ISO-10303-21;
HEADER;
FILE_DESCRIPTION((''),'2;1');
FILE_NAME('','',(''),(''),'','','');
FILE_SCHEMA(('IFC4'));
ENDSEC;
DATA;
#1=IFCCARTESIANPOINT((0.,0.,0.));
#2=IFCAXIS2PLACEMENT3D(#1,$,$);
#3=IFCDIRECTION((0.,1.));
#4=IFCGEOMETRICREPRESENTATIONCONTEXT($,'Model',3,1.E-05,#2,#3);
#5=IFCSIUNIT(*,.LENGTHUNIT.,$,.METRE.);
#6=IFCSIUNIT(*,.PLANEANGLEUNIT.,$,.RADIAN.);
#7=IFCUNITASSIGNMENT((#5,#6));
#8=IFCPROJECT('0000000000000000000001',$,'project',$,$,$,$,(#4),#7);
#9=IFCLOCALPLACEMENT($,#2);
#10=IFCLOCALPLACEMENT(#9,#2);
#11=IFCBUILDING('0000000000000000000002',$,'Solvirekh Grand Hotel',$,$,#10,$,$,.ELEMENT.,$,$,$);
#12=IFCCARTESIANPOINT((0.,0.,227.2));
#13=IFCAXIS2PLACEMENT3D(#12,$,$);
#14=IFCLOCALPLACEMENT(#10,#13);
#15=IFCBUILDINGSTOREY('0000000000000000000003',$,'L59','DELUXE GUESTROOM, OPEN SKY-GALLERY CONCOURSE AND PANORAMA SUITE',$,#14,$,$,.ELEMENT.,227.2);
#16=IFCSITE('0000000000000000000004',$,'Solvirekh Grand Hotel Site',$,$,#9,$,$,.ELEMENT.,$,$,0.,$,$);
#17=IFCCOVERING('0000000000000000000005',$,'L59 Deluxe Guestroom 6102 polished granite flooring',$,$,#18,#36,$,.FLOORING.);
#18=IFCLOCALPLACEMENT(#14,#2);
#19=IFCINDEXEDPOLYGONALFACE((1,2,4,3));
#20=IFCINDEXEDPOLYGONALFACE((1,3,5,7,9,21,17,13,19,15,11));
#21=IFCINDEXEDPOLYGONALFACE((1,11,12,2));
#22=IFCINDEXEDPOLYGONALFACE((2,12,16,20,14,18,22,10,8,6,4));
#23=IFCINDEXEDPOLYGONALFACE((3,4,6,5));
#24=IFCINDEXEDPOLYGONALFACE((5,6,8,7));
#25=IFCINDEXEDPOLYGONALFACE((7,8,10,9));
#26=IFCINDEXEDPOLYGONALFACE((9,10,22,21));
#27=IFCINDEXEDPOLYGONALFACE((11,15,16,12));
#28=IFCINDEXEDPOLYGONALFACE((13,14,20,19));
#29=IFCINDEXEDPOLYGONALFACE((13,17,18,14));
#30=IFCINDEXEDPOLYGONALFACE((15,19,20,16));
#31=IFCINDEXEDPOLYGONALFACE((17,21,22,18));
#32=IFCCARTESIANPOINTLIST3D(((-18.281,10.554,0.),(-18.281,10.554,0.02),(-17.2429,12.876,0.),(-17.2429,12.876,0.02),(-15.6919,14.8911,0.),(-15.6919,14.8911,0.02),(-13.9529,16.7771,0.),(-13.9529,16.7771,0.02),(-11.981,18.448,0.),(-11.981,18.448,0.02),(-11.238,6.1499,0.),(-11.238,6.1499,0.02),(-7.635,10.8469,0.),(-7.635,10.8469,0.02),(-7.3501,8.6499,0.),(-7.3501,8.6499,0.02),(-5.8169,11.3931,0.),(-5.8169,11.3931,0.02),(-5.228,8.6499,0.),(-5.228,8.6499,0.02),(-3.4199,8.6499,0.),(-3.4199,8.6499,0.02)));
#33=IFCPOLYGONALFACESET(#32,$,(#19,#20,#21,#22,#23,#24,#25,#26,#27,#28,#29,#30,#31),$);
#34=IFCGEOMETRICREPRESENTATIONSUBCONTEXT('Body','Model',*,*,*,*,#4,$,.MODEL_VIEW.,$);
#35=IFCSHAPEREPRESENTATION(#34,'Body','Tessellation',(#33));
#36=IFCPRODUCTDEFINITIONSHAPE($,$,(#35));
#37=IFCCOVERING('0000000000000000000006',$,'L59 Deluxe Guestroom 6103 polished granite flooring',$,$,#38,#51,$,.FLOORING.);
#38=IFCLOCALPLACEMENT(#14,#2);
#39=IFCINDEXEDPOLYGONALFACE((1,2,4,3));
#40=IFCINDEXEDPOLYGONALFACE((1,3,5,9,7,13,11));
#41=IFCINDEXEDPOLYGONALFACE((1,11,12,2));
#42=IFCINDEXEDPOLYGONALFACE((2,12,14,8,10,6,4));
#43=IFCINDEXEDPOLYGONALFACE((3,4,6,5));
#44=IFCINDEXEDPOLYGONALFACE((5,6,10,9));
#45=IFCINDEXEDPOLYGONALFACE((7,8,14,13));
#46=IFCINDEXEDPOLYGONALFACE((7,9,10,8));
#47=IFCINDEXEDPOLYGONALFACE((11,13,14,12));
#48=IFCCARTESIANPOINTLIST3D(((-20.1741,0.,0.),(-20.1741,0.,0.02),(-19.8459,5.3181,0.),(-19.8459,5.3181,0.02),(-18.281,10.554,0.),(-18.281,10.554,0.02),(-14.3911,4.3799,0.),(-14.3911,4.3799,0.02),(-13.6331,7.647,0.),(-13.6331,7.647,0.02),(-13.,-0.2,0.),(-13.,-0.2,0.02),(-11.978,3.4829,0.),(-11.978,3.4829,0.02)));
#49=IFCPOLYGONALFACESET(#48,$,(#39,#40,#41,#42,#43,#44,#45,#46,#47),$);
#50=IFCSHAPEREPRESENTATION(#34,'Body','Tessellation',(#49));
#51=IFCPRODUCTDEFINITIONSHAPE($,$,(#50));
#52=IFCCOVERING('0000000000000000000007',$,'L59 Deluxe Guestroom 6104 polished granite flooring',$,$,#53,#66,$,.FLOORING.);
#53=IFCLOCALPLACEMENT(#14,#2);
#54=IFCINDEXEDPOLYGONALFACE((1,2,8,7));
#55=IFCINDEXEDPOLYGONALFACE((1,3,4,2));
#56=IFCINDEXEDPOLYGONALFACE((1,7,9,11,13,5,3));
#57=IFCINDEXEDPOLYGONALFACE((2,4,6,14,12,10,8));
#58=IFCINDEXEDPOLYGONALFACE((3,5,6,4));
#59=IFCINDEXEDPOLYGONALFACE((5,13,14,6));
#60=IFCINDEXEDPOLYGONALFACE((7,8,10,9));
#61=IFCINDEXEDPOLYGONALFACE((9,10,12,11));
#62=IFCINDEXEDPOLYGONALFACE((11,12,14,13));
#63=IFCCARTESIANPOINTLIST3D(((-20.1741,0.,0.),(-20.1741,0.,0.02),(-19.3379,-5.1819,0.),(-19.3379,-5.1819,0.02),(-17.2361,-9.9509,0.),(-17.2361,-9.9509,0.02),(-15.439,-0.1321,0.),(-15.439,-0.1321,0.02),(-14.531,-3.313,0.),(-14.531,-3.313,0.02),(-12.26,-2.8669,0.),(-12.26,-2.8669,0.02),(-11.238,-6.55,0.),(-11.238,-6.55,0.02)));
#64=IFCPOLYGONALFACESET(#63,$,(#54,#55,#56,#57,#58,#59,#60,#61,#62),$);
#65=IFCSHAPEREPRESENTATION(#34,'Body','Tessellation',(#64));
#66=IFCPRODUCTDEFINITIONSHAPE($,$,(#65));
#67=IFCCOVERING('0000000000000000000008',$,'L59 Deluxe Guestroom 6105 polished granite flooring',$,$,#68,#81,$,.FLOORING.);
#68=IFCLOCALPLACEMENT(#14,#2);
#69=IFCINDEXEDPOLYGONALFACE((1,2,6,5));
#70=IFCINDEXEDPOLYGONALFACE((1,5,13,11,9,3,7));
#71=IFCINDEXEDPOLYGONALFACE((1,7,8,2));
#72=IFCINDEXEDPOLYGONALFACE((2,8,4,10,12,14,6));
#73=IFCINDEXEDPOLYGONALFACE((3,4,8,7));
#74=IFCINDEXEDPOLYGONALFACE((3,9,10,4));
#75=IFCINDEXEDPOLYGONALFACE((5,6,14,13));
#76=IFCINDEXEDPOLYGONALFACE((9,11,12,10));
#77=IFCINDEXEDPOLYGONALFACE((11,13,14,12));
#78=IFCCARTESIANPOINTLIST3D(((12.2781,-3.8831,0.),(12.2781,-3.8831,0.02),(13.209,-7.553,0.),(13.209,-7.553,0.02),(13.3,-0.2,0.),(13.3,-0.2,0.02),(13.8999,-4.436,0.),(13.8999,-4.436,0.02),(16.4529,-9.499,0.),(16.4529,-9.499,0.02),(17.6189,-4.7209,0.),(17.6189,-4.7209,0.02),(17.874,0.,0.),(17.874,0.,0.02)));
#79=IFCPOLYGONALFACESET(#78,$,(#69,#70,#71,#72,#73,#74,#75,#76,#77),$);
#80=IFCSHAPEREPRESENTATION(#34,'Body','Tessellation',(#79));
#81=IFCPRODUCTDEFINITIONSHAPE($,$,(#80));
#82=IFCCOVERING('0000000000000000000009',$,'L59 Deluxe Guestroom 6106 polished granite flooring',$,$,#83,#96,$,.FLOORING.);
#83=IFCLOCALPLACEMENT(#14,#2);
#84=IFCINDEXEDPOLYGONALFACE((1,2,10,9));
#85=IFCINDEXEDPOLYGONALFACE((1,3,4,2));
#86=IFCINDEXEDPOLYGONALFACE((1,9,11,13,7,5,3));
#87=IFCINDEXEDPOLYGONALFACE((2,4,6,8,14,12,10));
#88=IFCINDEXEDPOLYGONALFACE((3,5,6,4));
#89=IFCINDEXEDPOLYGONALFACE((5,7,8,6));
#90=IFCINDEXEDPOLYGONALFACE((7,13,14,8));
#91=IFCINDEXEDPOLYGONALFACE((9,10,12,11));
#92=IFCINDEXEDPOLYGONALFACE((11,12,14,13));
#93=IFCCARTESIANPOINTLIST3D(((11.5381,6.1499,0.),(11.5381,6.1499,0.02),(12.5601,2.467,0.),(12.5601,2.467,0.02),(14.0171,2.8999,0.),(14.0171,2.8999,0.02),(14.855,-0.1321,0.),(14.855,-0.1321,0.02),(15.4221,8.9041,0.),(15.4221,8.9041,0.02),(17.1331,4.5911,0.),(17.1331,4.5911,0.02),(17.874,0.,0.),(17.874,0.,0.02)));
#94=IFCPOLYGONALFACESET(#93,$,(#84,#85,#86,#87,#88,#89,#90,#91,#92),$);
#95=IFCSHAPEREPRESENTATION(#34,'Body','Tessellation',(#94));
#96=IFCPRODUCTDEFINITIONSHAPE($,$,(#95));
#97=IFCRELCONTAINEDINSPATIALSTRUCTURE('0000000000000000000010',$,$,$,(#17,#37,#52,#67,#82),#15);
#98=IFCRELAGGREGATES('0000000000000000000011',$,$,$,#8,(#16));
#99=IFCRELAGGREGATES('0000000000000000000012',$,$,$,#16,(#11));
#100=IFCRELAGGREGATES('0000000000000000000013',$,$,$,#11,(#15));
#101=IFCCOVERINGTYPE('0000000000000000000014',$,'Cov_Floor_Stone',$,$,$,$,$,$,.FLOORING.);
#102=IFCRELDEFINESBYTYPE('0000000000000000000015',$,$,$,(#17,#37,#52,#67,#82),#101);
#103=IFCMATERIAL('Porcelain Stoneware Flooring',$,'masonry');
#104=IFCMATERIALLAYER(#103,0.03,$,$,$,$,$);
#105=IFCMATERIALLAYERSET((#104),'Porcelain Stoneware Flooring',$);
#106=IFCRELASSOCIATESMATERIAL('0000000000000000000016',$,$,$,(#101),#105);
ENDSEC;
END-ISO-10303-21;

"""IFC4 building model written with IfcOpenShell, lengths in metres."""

from ifc_helpers import new_model, si_unit, direction, frame, origin, place, context, subcontext, project, spatial, polyline, outline, extrude, material, layer, layer_set, type_object, element, save


model = new_model("IFC4")

# Units and contexts
model_context = context("Model", 3, precision=1e-05, world=origin(), true_north=direction((0.0, 1.0)))
body_context = subcontext(model_context, "Body", "Model", "MODEL_VIEW")
ifc_project = project(units=[si_unit("LENGTHUNIT", "METRE"), si_unit("PLANEANGLEUNIT", "RADIAN")], contexts=[model_context])

# Site, building, storey
site_placement = place(None, origin())
site = spatial("IfcSite", under=ifc_project, at=site_placement, Name="Solvirekh Grand Hotel Site", CompositionType="ELEMENT", RefElevation=0.0)
building_placement = place(site_placement, origin())
building = spatial("IfcBuilding", under=site, at=building_placement, Name="Solvirekh Grand Hotel", CompositionType="ELEMENT")
storey_placement = place(building_placement, frame((0.0, 0.0, 227.2)))
storey = spatial("IfcBuildingStorey", under=building, at=storey_placement, Name="L59", Description="DELUXE GUESTROOM, OPEN SKY-GALLERY CONCOURSE AND PANORAMA SUITE", CompositionType="ELEMENT", Elevation=227.2)

# Coverings
ifc_material_1 = material(Name="Porcelain Stoneware Flooring", Category="masonry")
ifc_layer_1 = layer(ifc_material_1, 0.03)
ifc_layer_set_1 = layer_set([ifc_layer_1], Name="Porcelain Stoneware Flooring")
covering_type_1 = type_object("IfcCoveringType", Name="Cov_Floor_Stone", PredefinedType="FLOORING", material=ifc_layer_set_1)
covering_1_placement = place(storey_placement, origin())
element("IfcCovering", 1, at=covering_1_placement, inside=storey, type_object=covering_type_1, Name="L59 Deluxe Guestroom 6102 polished granite flooring", PredefinedType="FLOORING", context=body_context, shape_type="SweptSolid", body=[
    extrude(outline(polyline([(-5.228, 8.6499), (-7.635, 10.8469), (-5.8169, 11.3931), (-3.4199, 8.6499), (-11.981, 18.448), (-13.9529, 16.7771), (-15.6919, 14.8911), (-17.2429, 12.876), (-18.281, 10.554), (-11.238, 6.1499), (-7.3501, 8.6499), (-5.228, 8.6499)])), origin(), (0.0, 0.0, 1.0), 0.02),
])
covering_2_placement = place(storey_placement, origin())
element("IfcCovering", 2, at=covering_2_placement, inside=storey, type_object=covering_type_1, Name="L59 Deluxe Guestroom 6103 polished granite flooring", PredefinedType="FLOORING", context=body_context, shape_type="SweptSolid", body=[
    extrude(outline(polyline([(-14.3911, 4.3799), (-13.6331, 7.647), (-18.281, 10.554), (-19.8459, 5.3181), (-20.1741, 0.0), (-13.0, -0.2), (-11.978, 3.4829), (-14.3911, 4.3799)])), origin(), (0.0, 0.0, 1.0), 0.02),
])
covering_3_placement = place(storey_placement, origin())
element("IfcCovering", 3, at=covering_3_placement, inside=storey, type_object=covering_type_1, Name="L59 Deluxe Guestroom 6104 polished granite flooring", PredefinedType="FLOORING", context=body_context, shape_type="SweptSolid", body=[
    extrude(outline(polyline([(-14.531, -3.313), (-15.439, -0.1321), (-20.1741, 0.0), (-19.3379, -5.1819), (-17.2361, -9.9509), (-11.238, -6.55), (-12.26, -2.8669), (-14.531, -3.313)])), origin(), (0.0, 0.0, 1.0), 0.02),
])
covering_4_placement = place(storey_placement, origin())
element("IfcCovering", 4, at=covering_4_placement, inside=storey, type_object=covering_type_1, Name="L59 Deluxe Guestroom 6105 polished granite flooring", PredefinedType="FLOORING", context=body_context, shape_type="SweptSolid", body=[
    extrude(outline(polyline([(13.8999, -4.436), (13.209, -7.553), (16.4529, -9.499), (17.6189, -4.7209), (17.874, 0.0), (13.3, -0.2), (12.2781, -3.8831), (13.8999, -4.436)])), origin(), (0.0, 0.0, 1.0), 0.02),
])
covering_5_placement = place(storey_placement, origin())
element("IfcCovering", 5, at=covering_5_placement, inside=storey, type_object=covering_type_1, Name="L59 Deluxe Guestroom 6106 polished granite flooring", PredefinedType="FLOORING", context=body_context, shape_type="SweptSolid", body=[
    extrude(outline(polyline([(14.0171, 2.8999), (14.855, -0.1321), (17.874, 0.0), (17.1331, 4.5911), (15.4221, 8.9041), (11.5381, 6.1499), (12.5601, 2.467), (14.0171, 2.8999)])), origin(), (0.0, 0.0, 1.0), 0.02),
])

save(model, "model.ifc")
